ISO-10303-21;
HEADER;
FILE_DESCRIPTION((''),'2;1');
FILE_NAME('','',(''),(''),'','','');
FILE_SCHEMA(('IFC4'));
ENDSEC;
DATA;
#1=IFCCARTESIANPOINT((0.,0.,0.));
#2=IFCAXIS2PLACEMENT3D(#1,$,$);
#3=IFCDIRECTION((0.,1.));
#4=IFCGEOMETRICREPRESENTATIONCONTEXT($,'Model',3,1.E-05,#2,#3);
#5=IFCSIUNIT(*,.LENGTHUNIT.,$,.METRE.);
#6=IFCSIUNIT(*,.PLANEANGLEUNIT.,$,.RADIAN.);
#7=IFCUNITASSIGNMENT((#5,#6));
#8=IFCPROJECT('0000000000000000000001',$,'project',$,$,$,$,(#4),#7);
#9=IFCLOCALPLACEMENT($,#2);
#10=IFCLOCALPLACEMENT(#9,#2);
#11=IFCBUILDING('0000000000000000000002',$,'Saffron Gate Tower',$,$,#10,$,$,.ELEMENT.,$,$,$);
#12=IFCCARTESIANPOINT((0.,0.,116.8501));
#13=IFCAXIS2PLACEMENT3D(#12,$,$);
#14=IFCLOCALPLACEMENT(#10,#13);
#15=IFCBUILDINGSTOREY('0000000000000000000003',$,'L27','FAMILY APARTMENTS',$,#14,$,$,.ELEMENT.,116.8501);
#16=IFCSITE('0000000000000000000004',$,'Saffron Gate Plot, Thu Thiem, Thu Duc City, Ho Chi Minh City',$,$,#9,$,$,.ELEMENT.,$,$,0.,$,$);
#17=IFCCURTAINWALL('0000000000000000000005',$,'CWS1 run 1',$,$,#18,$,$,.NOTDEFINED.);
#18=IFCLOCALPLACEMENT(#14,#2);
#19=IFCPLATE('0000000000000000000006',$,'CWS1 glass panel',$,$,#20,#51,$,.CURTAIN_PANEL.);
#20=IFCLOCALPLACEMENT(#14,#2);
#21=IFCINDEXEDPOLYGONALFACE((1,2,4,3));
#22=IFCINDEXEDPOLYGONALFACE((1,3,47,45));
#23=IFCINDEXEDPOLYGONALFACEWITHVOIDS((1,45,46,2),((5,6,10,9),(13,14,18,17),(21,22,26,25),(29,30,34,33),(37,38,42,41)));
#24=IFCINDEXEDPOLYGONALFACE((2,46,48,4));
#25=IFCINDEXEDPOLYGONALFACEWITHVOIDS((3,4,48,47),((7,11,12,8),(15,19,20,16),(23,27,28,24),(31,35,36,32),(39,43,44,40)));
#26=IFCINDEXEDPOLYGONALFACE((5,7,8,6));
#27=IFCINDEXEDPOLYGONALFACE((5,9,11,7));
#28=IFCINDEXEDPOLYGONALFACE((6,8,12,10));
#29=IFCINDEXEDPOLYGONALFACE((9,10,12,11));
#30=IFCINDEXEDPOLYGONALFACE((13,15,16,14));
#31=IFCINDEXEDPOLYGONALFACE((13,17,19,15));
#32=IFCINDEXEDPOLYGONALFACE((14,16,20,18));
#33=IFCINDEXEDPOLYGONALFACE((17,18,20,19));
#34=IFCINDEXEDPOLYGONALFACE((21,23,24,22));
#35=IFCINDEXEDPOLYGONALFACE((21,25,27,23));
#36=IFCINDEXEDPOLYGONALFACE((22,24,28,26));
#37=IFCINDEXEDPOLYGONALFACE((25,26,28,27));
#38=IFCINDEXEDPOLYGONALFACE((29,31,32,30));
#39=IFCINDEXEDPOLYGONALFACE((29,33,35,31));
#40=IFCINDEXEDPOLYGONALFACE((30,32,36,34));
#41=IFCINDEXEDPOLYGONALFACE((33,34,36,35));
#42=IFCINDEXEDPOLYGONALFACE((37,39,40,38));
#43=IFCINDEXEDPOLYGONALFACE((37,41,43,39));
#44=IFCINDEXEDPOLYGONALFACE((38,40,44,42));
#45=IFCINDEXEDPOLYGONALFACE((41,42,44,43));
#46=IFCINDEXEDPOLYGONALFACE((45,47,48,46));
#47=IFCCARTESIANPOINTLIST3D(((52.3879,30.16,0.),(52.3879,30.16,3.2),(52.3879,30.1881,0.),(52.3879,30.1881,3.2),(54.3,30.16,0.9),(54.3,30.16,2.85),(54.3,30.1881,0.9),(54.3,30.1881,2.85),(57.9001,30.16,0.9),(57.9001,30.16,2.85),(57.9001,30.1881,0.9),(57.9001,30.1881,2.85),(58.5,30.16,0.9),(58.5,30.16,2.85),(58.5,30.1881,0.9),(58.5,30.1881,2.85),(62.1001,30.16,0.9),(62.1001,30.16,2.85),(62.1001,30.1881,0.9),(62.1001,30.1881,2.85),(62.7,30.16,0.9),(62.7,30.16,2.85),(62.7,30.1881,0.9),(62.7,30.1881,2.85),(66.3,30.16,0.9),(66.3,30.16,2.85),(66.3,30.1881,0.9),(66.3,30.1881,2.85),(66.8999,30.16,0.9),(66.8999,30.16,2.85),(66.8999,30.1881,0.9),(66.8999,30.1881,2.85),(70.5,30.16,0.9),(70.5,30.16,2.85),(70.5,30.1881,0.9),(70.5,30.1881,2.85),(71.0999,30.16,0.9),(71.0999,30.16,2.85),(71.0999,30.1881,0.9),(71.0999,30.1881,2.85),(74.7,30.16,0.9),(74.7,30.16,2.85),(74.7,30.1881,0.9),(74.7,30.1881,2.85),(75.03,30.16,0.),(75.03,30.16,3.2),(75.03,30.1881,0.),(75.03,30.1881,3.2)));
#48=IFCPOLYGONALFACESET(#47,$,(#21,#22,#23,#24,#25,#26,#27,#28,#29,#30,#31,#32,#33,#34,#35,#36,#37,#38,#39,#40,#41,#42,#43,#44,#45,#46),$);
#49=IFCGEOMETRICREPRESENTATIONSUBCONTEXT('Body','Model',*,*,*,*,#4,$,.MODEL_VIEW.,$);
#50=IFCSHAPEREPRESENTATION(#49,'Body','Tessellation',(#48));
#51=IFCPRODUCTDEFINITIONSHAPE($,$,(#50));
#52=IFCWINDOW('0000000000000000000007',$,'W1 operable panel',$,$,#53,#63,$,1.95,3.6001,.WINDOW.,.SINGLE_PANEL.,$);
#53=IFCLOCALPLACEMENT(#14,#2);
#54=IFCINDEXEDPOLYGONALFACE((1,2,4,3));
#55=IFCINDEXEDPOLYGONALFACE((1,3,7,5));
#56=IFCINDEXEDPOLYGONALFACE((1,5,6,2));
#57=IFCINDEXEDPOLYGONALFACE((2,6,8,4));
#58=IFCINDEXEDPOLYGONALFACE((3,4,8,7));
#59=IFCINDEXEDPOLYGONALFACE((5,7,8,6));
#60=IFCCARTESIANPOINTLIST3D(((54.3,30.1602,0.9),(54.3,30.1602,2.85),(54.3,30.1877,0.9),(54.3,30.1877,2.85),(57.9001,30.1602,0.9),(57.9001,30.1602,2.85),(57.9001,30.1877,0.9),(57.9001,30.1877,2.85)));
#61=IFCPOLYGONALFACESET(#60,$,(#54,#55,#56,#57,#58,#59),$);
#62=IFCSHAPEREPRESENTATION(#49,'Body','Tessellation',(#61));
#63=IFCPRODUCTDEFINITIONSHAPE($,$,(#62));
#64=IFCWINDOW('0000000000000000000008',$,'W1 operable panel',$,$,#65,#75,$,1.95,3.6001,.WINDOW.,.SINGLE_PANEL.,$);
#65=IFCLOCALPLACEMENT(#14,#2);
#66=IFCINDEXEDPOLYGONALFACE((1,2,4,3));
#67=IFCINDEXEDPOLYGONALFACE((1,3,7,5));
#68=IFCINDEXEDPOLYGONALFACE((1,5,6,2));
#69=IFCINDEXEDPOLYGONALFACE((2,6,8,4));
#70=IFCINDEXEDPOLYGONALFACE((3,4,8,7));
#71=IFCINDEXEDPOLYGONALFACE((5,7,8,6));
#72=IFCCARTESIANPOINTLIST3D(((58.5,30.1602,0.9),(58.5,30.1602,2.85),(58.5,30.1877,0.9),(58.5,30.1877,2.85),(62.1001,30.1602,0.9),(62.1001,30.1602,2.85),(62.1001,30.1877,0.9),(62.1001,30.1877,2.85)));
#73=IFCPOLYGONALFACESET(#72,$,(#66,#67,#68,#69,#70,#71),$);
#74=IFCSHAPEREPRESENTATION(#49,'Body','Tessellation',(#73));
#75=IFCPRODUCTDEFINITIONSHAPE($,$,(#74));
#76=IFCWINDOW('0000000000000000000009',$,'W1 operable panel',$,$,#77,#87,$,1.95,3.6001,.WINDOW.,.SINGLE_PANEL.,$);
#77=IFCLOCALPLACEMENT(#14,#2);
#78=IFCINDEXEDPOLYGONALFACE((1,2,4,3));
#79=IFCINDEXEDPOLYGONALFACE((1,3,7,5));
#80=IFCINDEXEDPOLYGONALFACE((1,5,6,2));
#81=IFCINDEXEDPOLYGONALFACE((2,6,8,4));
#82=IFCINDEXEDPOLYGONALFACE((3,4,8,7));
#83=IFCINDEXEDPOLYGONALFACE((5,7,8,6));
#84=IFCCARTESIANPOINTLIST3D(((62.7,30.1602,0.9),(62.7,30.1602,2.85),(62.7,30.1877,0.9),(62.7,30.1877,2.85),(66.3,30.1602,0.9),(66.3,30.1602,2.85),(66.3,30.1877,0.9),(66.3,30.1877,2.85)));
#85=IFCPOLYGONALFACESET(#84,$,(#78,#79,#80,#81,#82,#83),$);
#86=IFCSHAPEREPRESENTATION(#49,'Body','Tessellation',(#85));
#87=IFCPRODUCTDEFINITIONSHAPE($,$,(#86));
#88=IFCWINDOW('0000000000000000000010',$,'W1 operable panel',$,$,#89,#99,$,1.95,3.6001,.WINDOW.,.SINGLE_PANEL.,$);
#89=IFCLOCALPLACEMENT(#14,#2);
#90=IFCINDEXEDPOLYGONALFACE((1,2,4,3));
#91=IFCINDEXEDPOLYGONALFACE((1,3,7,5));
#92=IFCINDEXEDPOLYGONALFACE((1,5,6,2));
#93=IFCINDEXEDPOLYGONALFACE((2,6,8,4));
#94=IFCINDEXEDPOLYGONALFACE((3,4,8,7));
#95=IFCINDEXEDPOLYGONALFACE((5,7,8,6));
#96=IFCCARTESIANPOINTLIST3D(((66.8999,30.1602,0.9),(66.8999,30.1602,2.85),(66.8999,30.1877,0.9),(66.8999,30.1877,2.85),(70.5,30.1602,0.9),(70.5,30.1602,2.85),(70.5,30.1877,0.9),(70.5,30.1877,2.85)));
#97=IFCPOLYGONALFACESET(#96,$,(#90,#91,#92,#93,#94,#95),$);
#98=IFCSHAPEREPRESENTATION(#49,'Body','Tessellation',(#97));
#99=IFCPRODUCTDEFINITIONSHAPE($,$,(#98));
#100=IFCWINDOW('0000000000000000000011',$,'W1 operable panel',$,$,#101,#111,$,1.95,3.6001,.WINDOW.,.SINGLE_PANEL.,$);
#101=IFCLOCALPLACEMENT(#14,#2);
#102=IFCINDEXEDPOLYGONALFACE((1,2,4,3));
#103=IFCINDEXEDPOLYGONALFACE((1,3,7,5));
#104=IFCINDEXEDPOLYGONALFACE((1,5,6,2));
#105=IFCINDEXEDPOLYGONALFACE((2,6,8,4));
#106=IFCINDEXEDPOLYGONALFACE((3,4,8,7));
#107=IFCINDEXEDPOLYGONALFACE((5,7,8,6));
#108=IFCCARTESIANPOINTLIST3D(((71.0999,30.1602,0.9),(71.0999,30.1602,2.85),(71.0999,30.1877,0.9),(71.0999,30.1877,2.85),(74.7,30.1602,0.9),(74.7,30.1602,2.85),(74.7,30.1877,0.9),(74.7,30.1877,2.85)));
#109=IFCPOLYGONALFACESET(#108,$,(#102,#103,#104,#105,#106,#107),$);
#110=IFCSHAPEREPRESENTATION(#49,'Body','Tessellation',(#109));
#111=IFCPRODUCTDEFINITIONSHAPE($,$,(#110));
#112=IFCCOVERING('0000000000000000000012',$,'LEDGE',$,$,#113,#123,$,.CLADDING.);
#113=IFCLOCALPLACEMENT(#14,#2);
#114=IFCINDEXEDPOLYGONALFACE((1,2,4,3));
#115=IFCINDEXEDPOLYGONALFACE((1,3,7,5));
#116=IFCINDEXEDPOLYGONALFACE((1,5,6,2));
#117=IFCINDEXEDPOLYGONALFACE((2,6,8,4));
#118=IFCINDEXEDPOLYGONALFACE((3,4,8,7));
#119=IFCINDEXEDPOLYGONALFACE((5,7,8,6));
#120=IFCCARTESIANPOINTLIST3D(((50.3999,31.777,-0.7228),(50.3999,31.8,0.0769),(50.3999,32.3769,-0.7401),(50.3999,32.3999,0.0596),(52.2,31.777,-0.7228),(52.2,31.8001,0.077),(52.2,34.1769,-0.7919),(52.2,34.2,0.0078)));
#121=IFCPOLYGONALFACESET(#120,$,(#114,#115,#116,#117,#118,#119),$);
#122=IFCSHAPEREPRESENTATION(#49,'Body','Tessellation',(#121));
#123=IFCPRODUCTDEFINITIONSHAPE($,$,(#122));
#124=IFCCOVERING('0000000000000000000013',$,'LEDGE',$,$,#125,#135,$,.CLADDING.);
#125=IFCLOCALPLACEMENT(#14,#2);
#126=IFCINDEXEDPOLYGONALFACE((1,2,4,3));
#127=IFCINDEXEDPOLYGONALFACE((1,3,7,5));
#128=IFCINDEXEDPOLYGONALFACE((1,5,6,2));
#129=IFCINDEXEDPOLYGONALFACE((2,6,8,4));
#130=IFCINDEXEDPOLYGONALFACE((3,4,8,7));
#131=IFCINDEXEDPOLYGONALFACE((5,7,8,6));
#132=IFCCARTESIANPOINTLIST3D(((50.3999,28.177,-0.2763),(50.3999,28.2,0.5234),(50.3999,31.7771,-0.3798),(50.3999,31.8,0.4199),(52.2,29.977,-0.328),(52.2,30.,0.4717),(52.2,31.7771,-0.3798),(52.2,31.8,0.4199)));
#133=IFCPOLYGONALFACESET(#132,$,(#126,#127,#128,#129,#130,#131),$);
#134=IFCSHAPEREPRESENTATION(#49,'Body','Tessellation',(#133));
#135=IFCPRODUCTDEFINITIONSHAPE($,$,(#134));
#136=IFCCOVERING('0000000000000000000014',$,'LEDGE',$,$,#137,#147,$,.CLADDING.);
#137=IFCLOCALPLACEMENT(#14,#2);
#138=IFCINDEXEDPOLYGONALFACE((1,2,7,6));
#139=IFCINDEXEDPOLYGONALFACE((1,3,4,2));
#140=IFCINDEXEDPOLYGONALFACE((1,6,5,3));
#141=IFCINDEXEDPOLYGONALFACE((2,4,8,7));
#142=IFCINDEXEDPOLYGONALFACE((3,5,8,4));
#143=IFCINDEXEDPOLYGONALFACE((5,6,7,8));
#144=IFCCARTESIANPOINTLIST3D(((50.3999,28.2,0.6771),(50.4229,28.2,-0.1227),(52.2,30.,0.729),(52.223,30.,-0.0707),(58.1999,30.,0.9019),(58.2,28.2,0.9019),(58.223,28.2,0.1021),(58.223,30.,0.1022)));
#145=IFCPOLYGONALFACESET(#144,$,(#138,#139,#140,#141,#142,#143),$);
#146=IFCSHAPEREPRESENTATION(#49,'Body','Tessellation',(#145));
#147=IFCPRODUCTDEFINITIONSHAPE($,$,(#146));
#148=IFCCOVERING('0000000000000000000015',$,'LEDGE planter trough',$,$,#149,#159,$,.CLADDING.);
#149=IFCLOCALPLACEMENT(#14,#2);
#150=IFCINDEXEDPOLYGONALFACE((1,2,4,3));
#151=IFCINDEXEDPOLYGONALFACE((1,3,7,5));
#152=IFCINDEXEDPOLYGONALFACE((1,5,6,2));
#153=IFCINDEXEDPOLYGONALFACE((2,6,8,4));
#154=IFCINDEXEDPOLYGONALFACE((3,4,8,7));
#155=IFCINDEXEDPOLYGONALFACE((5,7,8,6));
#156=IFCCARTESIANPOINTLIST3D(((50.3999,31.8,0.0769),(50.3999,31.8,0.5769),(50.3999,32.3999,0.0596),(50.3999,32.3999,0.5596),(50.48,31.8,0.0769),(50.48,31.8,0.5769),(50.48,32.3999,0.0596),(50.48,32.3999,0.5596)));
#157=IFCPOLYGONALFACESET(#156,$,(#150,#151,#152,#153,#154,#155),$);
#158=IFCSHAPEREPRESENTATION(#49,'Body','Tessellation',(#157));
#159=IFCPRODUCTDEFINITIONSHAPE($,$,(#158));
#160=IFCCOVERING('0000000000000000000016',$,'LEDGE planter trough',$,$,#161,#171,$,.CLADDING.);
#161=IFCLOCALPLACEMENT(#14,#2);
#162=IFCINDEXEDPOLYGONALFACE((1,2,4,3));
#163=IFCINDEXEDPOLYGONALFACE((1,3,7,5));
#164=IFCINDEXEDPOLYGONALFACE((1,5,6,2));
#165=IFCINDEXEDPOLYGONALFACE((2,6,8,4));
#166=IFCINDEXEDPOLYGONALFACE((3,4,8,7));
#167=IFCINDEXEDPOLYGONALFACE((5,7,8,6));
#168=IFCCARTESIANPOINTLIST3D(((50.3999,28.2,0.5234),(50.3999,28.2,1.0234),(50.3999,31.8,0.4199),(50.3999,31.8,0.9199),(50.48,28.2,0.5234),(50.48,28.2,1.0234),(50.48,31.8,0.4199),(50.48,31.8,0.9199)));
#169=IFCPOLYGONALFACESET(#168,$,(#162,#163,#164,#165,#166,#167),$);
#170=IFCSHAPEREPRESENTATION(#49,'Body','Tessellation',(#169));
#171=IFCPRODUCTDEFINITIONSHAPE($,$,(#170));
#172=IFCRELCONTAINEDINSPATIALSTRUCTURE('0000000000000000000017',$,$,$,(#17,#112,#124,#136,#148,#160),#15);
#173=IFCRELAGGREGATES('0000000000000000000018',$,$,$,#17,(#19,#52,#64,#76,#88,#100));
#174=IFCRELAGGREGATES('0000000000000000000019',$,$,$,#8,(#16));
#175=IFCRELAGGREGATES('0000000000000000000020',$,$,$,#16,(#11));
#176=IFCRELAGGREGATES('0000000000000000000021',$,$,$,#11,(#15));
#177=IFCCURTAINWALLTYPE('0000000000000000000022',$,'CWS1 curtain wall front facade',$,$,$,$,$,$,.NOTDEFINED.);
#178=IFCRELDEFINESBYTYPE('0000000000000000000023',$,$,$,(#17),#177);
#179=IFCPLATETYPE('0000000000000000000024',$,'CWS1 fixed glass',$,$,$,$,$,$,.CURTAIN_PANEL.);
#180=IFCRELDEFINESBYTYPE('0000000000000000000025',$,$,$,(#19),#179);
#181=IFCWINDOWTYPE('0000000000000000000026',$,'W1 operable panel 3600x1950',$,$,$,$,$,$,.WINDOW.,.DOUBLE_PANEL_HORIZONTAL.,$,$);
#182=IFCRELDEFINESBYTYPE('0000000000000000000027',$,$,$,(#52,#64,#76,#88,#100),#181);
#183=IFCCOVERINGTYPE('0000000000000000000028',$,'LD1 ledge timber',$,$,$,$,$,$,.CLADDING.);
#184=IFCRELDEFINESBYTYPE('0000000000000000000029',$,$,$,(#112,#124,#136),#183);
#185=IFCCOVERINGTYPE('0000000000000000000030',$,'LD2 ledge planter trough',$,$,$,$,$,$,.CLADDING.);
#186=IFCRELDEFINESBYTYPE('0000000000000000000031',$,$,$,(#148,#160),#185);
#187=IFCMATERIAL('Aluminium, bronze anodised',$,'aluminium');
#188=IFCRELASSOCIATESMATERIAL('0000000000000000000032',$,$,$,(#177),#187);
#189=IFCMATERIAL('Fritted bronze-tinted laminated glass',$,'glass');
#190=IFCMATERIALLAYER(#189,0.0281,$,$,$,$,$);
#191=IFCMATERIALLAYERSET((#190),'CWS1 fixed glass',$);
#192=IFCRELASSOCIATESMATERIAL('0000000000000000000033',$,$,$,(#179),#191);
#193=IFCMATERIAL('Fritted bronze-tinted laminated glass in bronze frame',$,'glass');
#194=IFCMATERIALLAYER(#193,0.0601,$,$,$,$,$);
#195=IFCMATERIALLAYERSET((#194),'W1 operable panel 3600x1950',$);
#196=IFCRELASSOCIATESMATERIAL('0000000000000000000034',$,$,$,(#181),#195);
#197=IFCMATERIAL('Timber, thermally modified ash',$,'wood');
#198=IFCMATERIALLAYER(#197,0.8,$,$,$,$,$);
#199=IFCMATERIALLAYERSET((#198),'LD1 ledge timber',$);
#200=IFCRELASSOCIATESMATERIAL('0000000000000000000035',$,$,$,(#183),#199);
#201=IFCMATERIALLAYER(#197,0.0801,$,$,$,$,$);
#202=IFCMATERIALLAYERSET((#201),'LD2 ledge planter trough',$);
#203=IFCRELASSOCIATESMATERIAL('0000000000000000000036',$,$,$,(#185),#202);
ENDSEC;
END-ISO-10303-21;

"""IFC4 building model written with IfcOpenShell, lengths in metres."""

from ifc_helpers import new_model, si_unit, direction, frame, frame_2d, origin, place, context, subcontext, project, spatial, polyline, rectangle, outline, extrude, material, layer, layer_set, type_object, element, fill, aggregate, save


model = new_model("IFC4")

# Units and contexts
model_context = context("Model", 3, precision=1e-05, world=origin(), true_north=direction((0.0, 1.0)))
body_context = subcontext(model_context, "Body", "Model", "MODEL_VIEW")
ifc_project = project(units=[si_unit("LENGTHUNIT", "METRE"), si_unit("PLANEANGLEUNIT", "RADIAN")], contexts=[model_context])

# Site, building, storey
site_placement = place(None, origin())
site = spatial("IfcSite", under=ifc_project, at=site_placement, Name="Saffron Gate Plot, Thu Thiem, Thu Duc City, Ho Chi Minh City", CompositionType="ELEMENT", RefElevation=0.0)
building_placement = place(site_placement, origin())
building = spatial("IfcBuilding", under=site, at=building_placement, Name="Saffron Gate Tower", CompositionType="ELEMENT")
storey_placement = place(building_placement, frame((0.0, 0.0, 116.8501)))
storey = spatial("IfcBuildingStorey", under=building, at=storey_placement, Name="L27", Description="FAMILY APARTMENTS", CompositionType="ELEMENT", Elevation=116.8501)

# Curtain wall
ifc_material_1 = material(Name="Aluminium, bronze anodised", Category="aluminium")
curtain_wall_type_1 = type_object("IfcCurtainWallType", Name="CWS1 curtain wall front facade", PredefinedType="NOTDEFINED", material=ifc_material_1)
curtain_wall_1_placement = place(storey_placement, origin())
curtain_wall_1 = element("IfcCurtainWall", 1, at=curtain_wall_1_placement, inside=storey, type_object=curtain_wall_type_1, Name="CWS1 run 1", PredefinedType="NOTDEFINED")

# Plate, openings, windows
ifc_material_2 = material(Name="Fritted bronze-tinted laminated glass", Category="glass")
ifc_layer_1 = layer(ifc_material_2, 0.0281)
ifc_layer_set_1 = layer_set([ifc_layer_1], Name="CWS1 fixed glass")
plate_type = type_object("IfcPlateType", Name="CWS1 fixed glass", PredefinedType="CURTAIN_PANEL", material=ifc_layer_set_1)
plate_placement = place(storey_placement, frame((52.3879, 30.1741, 0.0), z_axis=(0.0, 0.0, 1.0), x_axis=(1.0, 0.0, 0.0)))
plate = element("IfcPlate", 2, at=plate_placement, type_object=plate_type, Name="CWS1 glass panel", PredefinedType="CURTAIN_PANEL", context=body_context, shape_type="SweptSolid", body=[
    extrude(rectangle(XDim=22.6421, YDim=0.0281, at=frame_2d((11.321, 0.0))), origin(), (0.0, 0.0, 1.0), 3.2),
])
opening_1_placement = place(plate_placement, frame((1.9121, 0.0, 0.8999)))
opening_1 = element("IfcOpeningElement", 3, at=opening_1_placement, cuts=plate, PredefinedType="OPENING", context=body_context, shape_type="SweptSolid", body=[
    extrude(rectangle(XDim=3.6001, YDim=1.95, at=frame_2d((1.8, 0.9751))), frame((0.0, 0.0239, 0.0), z_axis=(0.0, -1.0, 0.0), x_axis=(1.0, 0.0, 0.0)), (0.0, 0.0, 1.0), 0.0481),
])
opening_2_placement = place(plate_placement, frame((6.1121, 0.0, 0.8999)))
opening_2 = element("IfcOpeningElement", 4, at=opening_2_placement, cuts=plate, PredefinedType="OPENING", context=body_context, shape_type="SweptSolid", body=[
    extrude(rectangle(XDim=3.6001, YDim=1.95, at=frame_2d((1.8, 0.9751))), frame((0.0, 0.0239, 0.0), z_axis=(0.0, -1.0, 0.0), x_axis=(1.0, 0.0, 0.0)), (0.0, 0.0, 1.0), 0.0481),
])
opening_3_placement = place(plate_placement, frame((10.312, 0.0, 0.8999)))
opening_3 = element("IfcOpeningElement", 5, at=opening_3_placement, cuts=plate, PredefinedType="OPENING", context=body_context, shape_type="SweptSolid", body=[
    extrude(rectangle(XDim=3.6001, YDim=1.95, at=frame_2d((1.8, 0.9751))), frame((0.0, 0.0239, 0.0), z_axis=(0.0, -1.0, 0.0), x_axis=(1.0, 0.0, 0.0)), (0.0, 0.0, 1.0), 0.0481),
])
opening_4_placement = place(plate_placement, frame((14.512, 0.0, 0.8999)))
opening_4 = element("IfcOpeningElement", 6, at=opening_4_placement, cuts=plate, PredefinedType="OPENING", context=body_context, shape_type="SweptSolid", body=[
    extrude(rectangle(XDim=3.6001, YDim=1.95, at=frame_2d((1.8, 0.9751))), frame((0.0, 0.0239, 0.0), z_axis=(0.0, -1.0, 0.0), x_axis=(1.0, 0.0, 0.0)), (0.0, 0.0, 1.0), 0.0481),
])
opening_5_placement = place(plate_placement, frame((18.7119, 0.0, 0.8999)))
opening_5 = element("IfcOpeningElement", 7, at=opening_5_placement, cuts=plate, PredefinedType="OPENING", context=body_context, shape_type="SweptSolid", body=[
    extrude(rectangle(XDim=3.6001, YDim=1.95, at=frame_2d((1.8, 0.9751))), frame((0.0, 0.0239, 0.0), z_axis=(0.0, -1.0, 0.0), x_axis=(1.0, 0.0, 0.0)), (0.0, 0.0, 1.0), 0.0481),
])
ifc_material_3 = material(Name="Fritted bronze-tinted laminated glass in bronze frame", Category="glass")
ifc_layer_2 = layer(ifc_material_3, 0.0601)
ifc_layer_set_2 = layer_set([ifc_layer_2], Name="W1 operable panel 3600x1950")
window_type = type_object("IfcWindowType", Name="W1 operable panel 3600x1950", PartitioningType="DOUBLE_PANEL_HORIZONTAL", PredefinedType="WINDOW", material=ifc_layer_set_2)
window_1_placement = place(opening_1_placement, origin())
window_1 = element("IfcWindow", 8, at=window_1_placement, type_object=window_type, Name="W1 operable panel", OverallHeight=1.95, OverallWidth=3.6001, PartitioningType="SINGLE_PANEL", PredefinedType="WINDOW", context=body_context, shape_type="SweptSolid", body=[
    extrude(rectangle(XDim=3.6001, YDim=1.95, at=frame_2d((1.8, 0.9751))), frame((0.0, 0.0137, 0.0), z_axis=(0.0, -1.0, 0.0), x_axis=(1.0, 0.0, 0.0)), (0.0, 0.0, 1.0), 0.0276),
])
fill(opening_1, window_1)
window_2_placement = place(opening_2_placement, origin())
window_2 = element("IfcWindow", 9, at=window_2_placement, type_object=window_type, Name="W1 operable panel", OverallHeight=1.95, OverallWidth=3.6001, PartitioningType="SINGLE_PANEL", PredefinedType="WINDOW", context=body_context, shape_type="SweptSolid", body=[
    extrude(rectangle(XDim=3.6001, YDim=1.95, at=frame_2d((1.8, 0.9751))), frame((0.0, 0.0137, 0.0), z_axis=(0.0, -1.0, 0.0), x_axis=(1.0, 0.0, 0.0)), (0.0, 0.0, 1.0), 0.0276),
])
fill(opening_2, window_2)
window_3_placement = place(opening_3_placement, origin())
window_3 = element("IfcWindow", 10, at=window_3_placement, type_object=window_type, Name="W1 operable panel", OverallHeight=1.95, OverallWidth=3.6001, PartitioningType="SINGLE_PANEL", PredefinedType="WINDOW", context=body_context, shape_type="SweptSolid", body=[
    extrude(rectangle(XDim=3.6001, YDim=1.95, at=frame_2d((1.8, 0.9751))), frame((0.0, 0.0137, 0.0), z_axis=(0.0, -1.0, 0.0), x_axis=(1.0, 0.0, 0.0)), (0.0, 0.0, 1.0), 0.0276),
])
fill(opening_3, window_3)
window_4_placement = place(opening_4_placement, origin())
window_4 = element("IfcWindow", 11, at=window_4_placement, type_object=window_type, Name="W1 operable panel", OverallHeight=1.95, OverallWidth=3.6001, PartitioningType="SINGLE_PANEL", PredefinedType="WINDOW", context=body_context, shape_type="SweptSolid", body=[
    extrude(rectangle(XDim=3.6001, YDim=1.95, at=frame_2d((1.8, 0.9751))), frame((0.0, 0.0137, 0.0), z_axis=(0.0, -1.0, 0.0), x_axis=(1.0, 0.0, 0.0)), (0.0, 0.0, 1.0), 0.0276),
])
fill(opening_4, window_4)
window_5_placement = place(opening_5_placement, origin())
window_5 = element("IfcWindow", 12, at=window_5_placement, type_object=window_type, Name="W1 operable panel", OverallHeight=1.95, OverallWidth=3.6001, PartitioningType="SINGLE_PANEL", PredefinedType="WINDOW", context=body_context, shape_type="SweptSolid", body=[
    extrude(rectangle(XDim=3.6001, YDim=1.95, at=frame_2d((1.8, 0.9751))), frame((0.0, 0.0137, 0.0), z_axis=(0.0, -1.0, 0.0), x_axis=(1.0, 0.0, 0.0)), (0.0, 0.0, 1.0), 0.0276),
])
fill(opening_5, window_5)
aggregate(curtain_wall_1, [plate, window_1, window_2, window_3, window_4, window_5])

# Coverings
ifc_material_4 = material(Name="Timber, thermally modified ash", Category="wood")
ifc_layer_3 = layer(ifc_material_4, 0.8)
ifc_layer_set_3 = layer_set([ifc_layer_3], Name="LD1 ledge timber")
covering_type_1 = type_object("IfcCoveringType", Name="LD1 ledge timber", PredefinedType="CLADDING", material=ifc_layer_set_3)
covering_1_placement = place(storey_placement, frame((52.2, 34.2, 0.0078), z_axis=(-0.000029, 0.028799, 0.999585), x_axis=(0.0, -0.999585, 0.028799)))
element("IfcCovering", 13, at=covering_1_placement, inside=storey, type_object=covering_type_1, Name="LEDGE", PredefinedType="CLADDING", context=body_context, shape_type="SweptSolid", body=[
    extrude(outline(polyline([(0.0, 0.0), (2.4009, 0.0), (2.4009, -1.8), (1.8008, -1.8), (0.0, 0.0)])), origin(), (0.0, 0.0, -1.0), 0.8),
])
covering_2_placement = place(storey_placement, frame((52.2, 31.8, 0.4199), z_axis=(0.0, 0.028742, 0.999587), x_axis=(0.0, -0.999587, 0.028742)))
element("IfcCovering", 14, at=covering_2_placement, inside=storey, type_object=covering_type_1, Name="LEDGE", PredefinedType="CLADDING", context=body_context, shape_type="SweptSolid", body=[
    extrude(outline(polyline([(0.0, 0.0), (1.8008, 0.0), (3.6016, -1.8), (0.0, -1.8), (0.0, 0.0)])), origin(), (0.0, 0.0, -1.0), 0.8),
])
covering_3_placement = place(storey_placement, frame((52.2, 30.0, 0.729), z_axis=(-0.028807, -0.000035, 0.999585), x_axis=(0.999585, 0.0, 0.028807)))
element("IfcCovering", 15, at=covering_3_placement, inside=storey, type_object=covering_type_1, Name="LEDGE", PredefinedType="CLADDING", context=body_context, shape_type="SweptSolid", body=[
    extrude(outline(polyline([(0.0, 0.0), (6.0025, 0.0), (6.0025, -1.8), (-1.8008, -1.8), (0.0, 0.0)])), origin(), (0.0, 0.0, -1.0), 0.8),
])
ifc_layer_4 = layer(ifc_material_4, 0.0801)
ifc_layer_set_4 = layer_set([ifc_layer_4], Name="LD2 ledge planter trough")
covering_type_2 = type_object("IfcCoveringType", Name="LD2 ledge planter trough", PredefinedType="CLADDING", material=ifc_layer_set_4)
covering_4_placement = place(storey_placement, frame((50.3999, 32.3999, 0.0596), z_axis=(-1.0, 0.0, 0.0), x_axis=(0.0, -0.999583, 0.028885)))
element("IfcCovering", 16, at=covering_4_placement, inside=storey, type_object=covering_type_2, Name="LEDGE planter trough", PredefinedType="CLADDING", context=body_context, shape_type="SweptSolid", body=[
    extrude(outline(polyline([(0.0, 0.0), (0.6001, 0.0), (0.6145, 0.4998), (0.0144, 0.4998), (0.0, 0.0)])), origin(), (0.0, 0.0, -1.0), 0.0801),
])
covering_5_placement = place(storey_placement, frame((50.3999, 31.8, 0.4199), z_axis=(-1.0, 0.0, 0.0), x_axis=(0.0, -0.999587, 0.028742)))
element("IfcCovering", 17, at=covering_5_placement, inside=storey, type_object=covering_type_2, Name="LEDGE planter trough", PredefinedType="CLADDING", context=body_context, shape_type="SweptSolid", body=[
    extrude(outline(polyline([(0.0, 0.0), (3.6016, 0.0), (3.616, 0.4998), (0.0144, 0.4998), (0.0, 0.0)])), origin(), (0.0, 0.0, -1.0), 0.0801),
])

save(model, "model.ifc")
